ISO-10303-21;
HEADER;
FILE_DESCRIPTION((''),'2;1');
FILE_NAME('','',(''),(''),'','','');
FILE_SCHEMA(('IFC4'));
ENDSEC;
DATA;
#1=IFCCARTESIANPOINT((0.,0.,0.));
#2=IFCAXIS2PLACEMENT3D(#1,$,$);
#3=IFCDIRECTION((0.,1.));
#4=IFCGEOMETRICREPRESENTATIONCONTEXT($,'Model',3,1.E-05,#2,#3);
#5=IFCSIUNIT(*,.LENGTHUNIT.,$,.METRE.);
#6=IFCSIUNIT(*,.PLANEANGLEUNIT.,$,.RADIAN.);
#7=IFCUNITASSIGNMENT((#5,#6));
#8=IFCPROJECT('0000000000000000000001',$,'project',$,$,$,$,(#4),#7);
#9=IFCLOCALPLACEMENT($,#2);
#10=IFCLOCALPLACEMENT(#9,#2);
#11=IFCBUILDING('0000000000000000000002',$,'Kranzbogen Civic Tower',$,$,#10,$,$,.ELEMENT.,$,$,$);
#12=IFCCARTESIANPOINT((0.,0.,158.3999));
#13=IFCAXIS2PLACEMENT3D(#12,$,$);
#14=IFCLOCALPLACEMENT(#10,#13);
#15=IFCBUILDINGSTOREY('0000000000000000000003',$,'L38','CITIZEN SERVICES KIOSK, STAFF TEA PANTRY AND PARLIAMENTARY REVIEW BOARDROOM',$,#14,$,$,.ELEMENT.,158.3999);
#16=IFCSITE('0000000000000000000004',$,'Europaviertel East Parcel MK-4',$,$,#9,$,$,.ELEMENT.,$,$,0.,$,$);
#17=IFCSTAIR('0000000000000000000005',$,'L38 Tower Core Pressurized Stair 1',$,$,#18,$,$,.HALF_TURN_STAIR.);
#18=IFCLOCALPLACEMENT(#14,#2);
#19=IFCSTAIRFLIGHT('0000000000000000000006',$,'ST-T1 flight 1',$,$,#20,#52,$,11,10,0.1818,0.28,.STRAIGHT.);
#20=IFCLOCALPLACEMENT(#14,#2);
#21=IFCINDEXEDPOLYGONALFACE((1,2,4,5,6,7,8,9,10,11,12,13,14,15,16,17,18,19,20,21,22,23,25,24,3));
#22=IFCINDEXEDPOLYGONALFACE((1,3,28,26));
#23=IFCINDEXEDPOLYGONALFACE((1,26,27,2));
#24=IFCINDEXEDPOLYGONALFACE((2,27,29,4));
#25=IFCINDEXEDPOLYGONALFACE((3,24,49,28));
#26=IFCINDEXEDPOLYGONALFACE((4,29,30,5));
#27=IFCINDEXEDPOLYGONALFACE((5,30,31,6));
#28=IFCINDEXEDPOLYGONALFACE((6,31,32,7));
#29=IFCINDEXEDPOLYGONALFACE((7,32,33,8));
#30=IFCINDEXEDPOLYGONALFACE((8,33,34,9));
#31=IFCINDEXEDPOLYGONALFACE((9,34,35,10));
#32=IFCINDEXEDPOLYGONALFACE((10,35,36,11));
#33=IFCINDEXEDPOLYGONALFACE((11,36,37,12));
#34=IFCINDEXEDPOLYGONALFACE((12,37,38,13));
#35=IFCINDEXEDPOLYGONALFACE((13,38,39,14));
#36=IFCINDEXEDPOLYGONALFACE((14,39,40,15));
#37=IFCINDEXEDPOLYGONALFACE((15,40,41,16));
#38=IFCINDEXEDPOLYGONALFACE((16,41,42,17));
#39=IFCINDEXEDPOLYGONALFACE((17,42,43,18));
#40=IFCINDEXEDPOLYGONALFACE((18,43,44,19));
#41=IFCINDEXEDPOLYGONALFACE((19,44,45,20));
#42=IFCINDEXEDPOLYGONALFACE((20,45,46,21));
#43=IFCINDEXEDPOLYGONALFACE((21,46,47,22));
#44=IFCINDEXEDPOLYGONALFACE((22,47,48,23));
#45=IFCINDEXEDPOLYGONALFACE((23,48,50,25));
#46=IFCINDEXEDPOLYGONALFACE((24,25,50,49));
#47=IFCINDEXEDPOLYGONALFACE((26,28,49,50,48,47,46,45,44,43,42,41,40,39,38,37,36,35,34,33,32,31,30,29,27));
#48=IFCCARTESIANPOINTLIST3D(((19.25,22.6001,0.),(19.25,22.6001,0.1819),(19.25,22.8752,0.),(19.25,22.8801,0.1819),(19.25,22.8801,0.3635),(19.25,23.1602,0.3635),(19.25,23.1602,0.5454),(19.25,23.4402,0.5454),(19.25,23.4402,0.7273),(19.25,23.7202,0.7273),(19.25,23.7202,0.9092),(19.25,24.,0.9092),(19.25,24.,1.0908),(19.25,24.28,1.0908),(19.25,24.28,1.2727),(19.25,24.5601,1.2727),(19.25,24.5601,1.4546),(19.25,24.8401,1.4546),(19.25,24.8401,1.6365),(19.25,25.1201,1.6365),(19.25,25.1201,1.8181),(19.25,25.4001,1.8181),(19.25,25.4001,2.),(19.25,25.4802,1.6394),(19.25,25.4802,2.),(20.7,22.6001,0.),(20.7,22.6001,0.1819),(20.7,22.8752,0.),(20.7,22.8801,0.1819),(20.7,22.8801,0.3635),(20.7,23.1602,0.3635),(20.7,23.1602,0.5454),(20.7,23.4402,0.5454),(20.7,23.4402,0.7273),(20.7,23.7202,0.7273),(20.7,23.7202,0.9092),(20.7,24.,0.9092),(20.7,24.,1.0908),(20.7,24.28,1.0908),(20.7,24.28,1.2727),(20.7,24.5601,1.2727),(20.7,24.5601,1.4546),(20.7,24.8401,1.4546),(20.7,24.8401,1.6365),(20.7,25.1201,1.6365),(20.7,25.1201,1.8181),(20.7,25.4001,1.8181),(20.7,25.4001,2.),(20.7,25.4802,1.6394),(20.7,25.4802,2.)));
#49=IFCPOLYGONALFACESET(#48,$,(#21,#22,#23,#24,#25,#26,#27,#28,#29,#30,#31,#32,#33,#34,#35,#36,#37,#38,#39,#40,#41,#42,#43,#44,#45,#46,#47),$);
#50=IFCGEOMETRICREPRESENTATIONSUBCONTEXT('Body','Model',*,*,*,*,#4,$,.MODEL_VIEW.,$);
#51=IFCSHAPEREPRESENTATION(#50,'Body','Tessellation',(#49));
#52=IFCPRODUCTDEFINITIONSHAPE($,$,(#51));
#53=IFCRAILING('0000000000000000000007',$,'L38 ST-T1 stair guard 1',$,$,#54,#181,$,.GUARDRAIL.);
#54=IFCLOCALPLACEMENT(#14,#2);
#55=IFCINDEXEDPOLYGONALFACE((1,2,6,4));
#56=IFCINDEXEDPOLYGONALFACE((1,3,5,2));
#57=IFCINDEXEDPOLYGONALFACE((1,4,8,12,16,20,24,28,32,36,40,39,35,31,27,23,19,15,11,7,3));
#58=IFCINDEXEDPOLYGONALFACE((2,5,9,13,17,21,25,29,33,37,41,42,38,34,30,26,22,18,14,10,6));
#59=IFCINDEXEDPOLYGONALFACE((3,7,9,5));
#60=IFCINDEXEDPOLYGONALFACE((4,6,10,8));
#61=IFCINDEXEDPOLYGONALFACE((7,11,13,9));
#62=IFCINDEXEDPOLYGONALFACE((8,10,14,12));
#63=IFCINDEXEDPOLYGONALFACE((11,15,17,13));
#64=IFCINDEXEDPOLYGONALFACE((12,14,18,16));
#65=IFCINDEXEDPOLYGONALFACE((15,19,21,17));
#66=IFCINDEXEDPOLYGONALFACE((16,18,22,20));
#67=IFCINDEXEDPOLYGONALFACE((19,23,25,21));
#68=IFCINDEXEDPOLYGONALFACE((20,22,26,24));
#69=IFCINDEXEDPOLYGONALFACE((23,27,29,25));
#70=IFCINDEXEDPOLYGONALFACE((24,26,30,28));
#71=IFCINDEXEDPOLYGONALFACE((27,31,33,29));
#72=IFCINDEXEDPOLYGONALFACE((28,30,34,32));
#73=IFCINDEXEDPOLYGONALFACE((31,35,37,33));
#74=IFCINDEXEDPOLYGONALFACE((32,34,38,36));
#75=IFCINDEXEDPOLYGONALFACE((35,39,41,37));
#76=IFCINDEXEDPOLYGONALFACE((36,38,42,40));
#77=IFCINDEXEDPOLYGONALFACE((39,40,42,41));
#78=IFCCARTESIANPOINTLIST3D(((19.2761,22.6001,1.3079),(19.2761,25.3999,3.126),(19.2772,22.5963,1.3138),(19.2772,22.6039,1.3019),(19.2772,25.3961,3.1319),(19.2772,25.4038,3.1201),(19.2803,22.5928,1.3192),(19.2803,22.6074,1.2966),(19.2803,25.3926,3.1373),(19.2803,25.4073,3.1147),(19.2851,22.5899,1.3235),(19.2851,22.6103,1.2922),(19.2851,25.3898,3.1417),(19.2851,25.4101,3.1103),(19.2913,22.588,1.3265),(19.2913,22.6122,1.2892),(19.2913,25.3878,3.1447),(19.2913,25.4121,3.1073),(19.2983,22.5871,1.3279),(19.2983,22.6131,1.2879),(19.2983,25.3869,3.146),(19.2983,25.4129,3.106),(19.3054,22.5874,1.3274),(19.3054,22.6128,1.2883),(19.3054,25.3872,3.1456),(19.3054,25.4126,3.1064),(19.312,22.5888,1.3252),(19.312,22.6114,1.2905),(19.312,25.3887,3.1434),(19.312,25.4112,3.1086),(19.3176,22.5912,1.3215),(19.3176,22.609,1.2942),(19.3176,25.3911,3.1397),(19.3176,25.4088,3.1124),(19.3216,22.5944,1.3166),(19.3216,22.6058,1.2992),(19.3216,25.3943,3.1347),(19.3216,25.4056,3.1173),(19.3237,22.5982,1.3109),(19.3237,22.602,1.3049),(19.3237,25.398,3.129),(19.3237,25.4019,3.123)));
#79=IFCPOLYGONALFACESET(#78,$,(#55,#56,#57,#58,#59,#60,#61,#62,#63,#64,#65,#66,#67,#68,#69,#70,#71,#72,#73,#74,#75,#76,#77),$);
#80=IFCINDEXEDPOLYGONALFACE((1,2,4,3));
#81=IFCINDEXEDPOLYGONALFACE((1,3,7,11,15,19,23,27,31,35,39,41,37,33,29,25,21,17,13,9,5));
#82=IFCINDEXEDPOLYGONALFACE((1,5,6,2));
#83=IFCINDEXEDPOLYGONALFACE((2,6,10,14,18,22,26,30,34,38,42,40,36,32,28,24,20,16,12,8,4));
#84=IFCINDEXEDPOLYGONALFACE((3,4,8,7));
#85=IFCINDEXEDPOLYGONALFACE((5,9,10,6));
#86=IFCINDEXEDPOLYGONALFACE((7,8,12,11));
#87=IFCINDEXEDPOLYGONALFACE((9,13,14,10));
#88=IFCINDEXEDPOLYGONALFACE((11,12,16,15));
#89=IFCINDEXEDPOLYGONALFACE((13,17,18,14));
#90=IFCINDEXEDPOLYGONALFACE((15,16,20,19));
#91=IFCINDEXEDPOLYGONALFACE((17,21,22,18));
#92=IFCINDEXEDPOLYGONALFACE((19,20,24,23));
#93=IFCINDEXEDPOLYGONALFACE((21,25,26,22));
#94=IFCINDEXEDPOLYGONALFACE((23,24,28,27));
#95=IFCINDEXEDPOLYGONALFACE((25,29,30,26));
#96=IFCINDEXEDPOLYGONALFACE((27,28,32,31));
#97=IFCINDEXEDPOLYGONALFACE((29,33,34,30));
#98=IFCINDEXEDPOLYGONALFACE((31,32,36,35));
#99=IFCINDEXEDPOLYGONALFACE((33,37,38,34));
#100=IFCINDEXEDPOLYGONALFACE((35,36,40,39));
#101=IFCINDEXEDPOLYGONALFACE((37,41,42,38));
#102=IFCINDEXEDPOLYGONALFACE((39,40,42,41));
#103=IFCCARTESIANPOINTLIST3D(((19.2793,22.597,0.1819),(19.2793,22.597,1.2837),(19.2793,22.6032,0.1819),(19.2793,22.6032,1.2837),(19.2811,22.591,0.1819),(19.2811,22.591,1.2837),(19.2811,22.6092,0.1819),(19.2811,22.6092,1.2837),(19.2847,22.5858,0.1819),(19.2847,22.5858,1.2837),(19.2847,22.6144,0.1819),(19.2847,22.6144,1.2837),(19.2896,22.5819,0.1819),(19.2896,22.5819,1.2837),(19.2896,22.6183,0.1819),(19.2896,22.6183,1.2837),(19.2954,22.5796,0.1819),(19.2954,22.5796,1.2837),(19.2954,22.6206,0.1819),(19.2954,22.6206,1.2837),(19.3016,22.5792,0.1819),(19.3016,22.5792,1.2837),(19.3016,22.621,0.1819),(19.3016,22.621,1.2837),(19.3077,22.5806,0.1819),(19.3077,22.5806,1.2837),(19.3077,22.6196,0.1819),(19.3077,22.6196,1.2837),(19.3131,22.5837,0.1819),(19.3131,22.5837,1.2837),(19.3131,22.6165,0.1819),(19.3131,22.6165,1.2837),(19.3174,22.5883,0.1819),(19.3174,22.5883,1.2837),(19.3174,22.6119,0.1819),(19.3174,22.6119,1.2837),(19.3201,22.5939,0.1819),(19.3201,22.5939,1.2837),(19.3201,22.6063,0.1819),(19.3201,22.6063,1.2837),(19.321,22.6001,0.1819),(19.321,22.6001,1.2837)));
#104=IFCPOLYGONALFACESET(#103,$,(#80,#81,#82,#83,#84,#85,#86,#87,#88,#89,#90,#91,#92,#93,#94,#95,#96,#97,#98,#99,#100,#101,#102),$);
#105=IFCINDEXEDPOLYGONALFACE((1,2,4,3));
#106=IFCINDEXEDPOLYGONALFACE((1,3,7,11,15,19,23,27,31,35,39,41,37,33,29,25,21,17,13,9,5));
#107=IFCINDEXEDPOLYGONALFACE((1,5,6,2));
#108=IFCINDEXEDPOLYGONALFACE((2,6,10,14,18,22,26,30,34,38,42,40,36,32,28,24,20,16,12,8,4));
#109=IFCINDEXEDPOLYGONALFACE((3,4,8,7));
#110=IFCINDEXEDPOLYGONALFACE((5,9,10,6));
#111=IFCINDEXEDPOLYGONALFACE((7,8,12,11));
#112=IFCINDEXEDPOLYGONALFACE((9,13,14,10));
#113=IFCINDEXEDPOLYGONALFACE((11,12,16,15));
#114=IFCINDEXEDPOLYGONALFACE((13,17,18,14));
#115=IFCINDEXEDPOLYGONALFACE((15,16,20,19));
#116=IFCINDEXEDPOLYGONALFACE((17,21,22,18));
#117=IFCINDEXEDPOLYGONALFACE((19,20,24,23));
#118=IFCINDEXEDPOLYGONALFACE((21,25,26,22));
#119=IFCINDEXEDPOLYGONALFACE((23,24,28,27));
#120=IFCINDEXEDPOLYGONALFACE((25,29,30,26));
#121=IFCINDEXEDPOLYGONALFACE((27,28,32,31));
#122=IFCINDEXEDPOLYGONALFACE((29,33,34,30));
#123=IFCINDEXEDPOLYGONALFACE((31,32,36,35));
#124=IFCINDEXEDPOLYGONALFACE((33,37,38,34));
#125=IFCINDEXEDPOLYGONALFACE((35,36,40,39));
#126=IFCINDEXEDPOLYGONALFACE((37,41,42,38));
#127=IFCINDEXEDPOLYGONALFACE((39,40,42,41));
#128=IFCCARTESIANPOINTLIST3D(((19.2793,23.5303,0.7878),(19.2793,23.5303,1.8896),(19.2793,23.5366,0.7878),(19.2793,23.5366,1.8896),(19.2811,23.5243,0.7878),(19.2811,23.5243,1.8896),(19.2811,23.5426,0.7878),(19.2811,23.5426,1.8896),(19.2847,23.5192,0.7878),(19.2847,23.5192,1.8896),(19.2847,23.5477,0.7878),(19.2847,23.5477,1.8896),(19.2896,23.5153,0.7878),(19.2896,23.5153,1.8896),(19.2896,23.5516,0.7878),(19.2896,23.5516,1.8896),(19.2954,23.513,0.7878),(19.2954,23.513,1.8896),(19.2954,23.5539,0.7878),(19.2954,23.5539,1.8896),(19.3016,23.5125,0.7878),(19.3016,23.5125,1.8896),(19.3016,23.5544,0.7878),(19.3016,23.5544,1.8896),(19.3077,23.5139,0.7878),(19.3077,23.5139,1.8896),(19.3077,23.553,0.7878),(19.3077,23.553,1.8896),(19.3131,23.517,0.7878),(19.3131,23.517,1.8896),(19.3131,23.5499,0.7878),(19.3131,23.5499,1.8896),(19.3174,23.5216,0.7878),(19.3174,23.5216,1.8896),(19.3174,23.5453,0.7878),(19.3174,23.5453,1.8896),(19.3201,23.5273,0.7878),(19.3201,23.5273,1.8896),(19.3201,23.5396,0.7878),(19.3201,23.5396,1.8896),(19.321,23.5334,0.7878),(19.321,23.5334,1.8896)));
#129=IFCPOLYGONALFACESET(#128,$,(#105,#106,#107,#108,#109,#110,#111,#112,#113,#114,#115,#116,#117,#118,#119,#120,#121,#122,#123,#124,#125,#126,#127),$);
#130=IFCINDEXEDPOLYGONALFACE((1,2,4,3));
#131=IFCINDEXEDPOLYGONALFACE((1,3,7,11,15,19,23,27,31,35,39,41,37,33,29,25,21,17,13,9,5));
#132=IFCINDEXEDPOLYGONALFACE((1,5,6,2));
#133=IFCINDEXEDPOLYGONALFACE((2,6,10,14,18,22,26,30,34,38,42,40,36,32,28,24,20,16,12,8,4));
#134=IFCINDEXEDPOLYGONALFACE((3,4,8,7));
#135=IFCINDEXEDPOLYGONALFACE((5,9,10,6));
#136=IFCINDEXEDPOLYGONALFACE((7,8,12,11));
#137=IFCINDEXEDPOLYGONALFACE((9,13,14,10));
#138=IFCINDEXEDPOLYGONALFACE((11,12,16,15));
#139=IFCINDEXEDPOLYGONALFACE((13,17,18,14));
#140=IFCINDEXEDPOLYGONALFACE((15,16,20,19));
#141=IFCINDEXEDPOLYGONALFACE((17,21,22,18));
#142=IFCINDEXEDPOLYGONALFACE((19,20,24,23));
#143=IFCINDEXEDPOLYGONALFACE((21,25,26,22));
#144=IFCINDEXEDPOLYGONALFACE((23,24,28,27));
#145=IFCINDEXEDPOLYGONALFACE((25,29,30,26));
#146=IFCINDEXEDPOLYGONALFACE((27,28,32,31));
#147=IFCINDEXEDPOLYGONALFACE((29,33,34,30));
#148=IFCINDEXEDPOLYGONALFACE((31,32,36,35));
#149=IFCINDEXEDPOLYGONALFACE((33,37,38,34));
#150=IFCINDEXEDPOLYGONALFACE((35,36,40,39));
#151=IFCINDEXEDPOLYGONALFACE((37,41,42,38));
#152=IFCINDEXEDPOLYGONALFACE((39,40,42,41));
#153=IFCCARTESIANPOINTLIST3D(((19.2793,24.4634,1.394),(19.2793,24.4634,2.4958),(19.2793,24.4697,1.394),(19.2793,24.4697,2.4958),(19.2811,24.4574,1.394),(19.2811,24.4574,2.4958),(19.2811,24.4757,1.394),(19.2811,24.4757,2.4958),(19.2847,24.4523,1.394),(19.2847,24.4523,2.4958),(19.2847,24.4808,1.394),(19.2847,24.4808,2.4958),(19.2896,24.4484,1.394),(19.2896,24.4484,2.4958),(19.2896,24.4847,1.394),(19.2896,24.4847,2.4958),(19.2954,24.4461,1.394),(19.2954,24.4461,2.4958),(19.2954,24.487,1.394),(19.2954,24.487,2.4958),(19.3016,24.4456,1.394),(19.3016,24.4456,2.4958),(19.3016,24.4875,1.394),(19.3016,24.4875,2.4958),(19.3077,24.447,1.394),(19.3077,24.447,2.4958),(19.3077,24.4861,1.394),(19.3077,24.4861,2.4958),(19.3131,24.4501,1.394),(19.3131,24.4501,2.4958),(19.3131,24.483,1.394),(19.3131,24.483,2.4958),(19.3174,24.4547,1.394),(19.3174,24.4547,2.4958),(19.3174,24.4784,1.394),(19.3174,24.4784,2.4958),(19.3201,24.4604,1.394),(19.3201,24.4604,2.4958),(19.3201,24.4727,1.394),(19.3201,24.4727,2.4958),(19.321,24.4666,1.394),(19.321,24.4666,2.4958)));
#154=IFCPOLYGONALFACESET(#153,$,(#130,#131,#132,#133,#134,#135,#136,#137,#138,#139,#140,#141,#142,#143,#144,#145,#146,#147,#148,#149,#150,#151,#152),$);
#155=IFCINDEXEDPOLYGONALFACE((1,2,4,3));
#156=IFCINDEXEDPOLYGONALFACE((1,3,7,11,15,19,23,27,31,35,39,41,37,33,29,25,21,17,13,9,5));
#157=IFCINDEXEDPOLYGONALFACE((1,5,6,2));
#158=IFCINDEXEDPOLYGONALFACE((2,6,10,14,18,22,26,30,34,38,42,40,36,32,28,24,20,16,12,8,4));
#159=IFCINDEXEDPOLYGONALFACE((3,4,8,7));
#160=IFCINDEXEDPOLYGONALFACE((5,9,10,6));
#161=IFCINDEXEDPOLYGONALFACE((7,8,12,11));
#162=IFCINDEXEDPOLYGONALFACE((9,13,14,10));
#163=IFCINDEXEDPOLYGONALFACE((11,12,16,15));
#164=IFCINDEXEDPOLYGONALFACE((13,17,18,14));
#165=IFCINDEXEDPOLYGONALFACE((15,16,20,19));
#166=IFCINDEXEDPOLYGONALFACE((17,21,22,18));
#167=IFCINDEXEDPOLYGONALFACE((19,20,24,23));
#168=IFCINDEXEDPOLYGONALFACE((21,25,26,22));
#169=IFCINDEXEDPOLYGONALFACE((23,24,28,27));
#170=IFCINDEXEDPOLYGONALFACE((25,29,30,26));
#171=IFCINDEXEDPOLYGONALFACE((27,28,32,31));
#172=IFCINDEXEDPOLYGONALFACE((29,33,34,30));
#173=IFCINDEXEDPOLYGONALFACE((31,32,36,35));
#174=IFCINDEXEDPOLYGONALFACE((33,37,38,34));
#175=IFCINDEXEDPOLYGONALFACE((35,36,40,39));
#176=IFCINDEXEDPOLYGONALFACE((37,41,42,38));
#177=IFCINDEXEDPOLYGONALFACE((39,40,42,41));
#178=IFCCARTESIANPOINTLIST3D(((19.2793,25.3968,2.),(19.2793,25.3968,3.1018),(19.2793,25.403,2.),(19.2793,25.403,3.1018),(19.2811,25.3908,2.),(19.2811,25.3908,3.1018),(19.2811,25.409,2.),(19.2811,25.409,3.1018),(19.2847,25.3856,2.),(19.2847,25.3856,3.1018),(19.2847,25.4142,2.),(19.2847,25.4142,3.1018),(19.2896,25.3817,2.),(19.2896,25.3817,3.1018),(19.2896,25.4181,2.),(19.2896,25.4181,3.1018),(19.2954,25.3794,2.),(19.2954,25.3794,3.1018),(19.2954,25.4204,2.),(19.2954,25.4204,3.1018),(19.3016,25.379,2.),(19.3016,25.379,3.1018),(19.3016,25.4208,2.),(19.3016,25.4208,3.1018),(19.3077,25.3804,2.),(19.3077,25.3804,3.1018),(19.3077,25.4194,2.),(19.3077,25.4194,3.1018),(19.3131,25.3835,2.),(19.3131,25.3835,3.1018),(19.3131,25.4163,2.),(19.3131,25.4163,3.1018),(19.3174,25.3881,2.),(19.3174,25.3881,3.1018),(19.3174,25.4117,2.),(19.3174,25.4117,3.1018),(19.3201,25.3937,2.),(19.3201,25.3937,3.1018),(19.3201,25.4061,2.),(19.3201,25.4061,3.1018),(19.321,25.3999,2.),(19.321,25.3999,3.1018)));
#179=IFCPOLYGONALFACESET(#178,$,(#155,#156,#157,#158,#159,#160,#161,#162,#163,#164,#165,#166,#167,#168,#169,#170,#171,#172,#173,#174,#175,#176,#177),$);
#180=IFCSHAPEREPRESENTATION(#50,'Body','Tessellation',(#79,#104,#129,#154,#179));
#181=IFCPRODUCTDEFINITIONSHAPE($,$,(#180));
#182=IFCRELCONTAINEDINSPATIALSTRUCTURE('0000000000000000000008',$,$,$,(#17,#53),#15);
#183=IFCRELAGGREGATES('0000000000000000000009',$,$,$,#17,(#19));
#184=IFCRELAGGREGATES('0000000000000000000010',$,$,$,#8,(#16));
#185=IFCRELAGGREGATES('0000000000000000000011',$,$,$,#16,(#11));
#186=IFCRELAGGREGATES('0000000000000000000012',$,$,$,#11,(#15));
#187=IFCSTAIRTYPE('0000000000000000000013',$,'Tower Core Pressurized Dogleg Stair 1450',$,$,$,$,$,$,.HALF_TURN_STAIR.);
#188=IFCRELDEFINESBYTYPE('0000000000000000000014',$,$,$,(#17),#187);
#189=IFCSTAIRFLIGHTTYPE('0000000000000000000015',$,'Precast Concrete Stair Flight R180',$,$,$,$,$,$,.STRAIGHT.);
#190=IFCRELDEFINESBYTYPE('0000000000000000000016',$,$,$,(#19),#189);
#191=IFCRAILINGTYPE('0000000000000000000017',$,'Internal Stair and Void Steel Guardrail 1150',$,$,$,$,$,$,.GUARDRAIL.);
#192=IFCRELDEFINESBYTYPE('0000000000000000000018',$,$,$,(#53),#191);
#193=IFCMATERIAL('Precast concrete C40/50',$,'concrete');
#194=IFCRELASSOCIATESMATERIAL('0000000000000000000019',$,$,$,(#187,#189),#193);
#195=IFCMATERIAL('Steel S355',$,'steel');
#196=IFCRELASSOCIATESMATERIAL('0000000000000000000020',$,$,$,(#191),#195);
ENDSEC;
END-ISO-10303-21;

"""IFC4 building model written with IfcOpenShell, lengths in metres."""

from ifc_helpers import new_model, si_unit, direction, frame, origin, origin_2d, place, context, subcontext, project, spatial, polyline, circle, outline, extrude, material, type_object, element, aggregate, save


model = new_model("IFC4")

# Units and contexts
model_context = context("Model", 3, precision=1e-05, world=origin(), true_north=direction((0.0, 1.0)))
body_context = subcontext(model_context, "Body", "Model", "MODEL_VIEW")
ifc_project = project(units=[si_unit("LENGTHUNIT", "METRE"), si_unit("PLANEANGLEUNIT", "RADIAN")], contexts=[model_context])

# Site, building, storey
site_placement = place(None, origin())
site = spatial("IfcSite", under=ifc_project, at=site_placement, Name="Europaviertel East Parcel MK-4", CompositionType="ELEMENT", RefElevation=0.0)
building_placement = place(site_placement, origin())
building = spatial("IfcBuilding", under=site, at=building_placement, Name="Kranzbogen Civic Tower", CompositionType="ELEMENT")
storey_placement = place(building_placement, frame((0.0, 0.0, 158.3999)))
storey = spatial("IfcBuildingStorey", under=building, at=storey_placement, Name="L38", Description="CITIZEN SERVICES KIOSK, STAFF TEA PANTRY AND PARLIAMENTARY REVIEW BOARDROOM", CompositionType="ELEMENT", Elevation=158.3999)

# Shared definitions
ifc_material_1 = material(Name="Steel S355", Category="steel")

# Stair, stair flight
ifc_material_2 = material(Name="Precast concrete C40/50", Category="concrete")
stair_type = type_object("IfcStairType", Name="Tower Core Pressurized Dogleg Stair 1450", PredefinedType="HALF_TURN_STAIR", material=ifc_material_2)
stair_placement = place(storey_placement, origin())
stair = element("IfcStair", 1, at=stair_placement, inside=storey, type_object=stair_type, Name="L38 Tower Core Pressurized Stair 1", PredefinedType="HALF_TURN_STAIR")
stair_flight_type = type_object("IfcStairFlightType", Name="Precast Concrete Stair Flight R180", PredefinedType="STRAIGHT", material=ifc_material_2)
stair_flight_placement = place(storey_placement, frame((19.9751, 22.6001, 0.0), z_axis=(0.0, 0.0, 1.0), x_axis=(0.0, 1.0, 0.0)))
stair_flight = element("IfcStairFlight", 2, at=stair_flight_placement, type_object=stair_flight_type, Name="ST-T1 flight 1", NumberOfRisers=11, NumberOfTreads=10, PredefinedType="STRAIGHT", RiserHeight=0.1818, TreadLength=0.28, context=body_context, shape_type="SweptSolid", body=[
    extrude(outline(polyline([(0.0, 0.0), (0.0, 0.1819), (0.28, 0.1819), (0.28, 0.3635), (0.5601, 0.3635), (0.5601, 0.5454), (0.8401, 0.5454), (0.8401, 0.7273), (1.1201, 0.7273), (1.1201, 0.9092), (1.3999, 0.9092), (1.3999, 1.0908), (1.6799, 1.0908), (1.6799, 1.2727), (1.96, 1.2727), (1.96, 1.4546), (2.24, 1.4546), (2.24, 1.6365), (2.52, 1.6365), (2.52, 1.8181), (2.8, 1.8181), (2.8, 2.0), (2.8801, 2.0), (2.8801, 1.6394), (0.2751, 0.0), (0.0, 0.0)])), frame((0.0, 0.7251, 0.0), z_axis=(0.0, -1.0, 0.0), x_axis=(1.0, 0.0, 0.0)), (0.0, 0.0, 1.0), 1.45),
])
aggregate(stair, [stair_flight])

# Railing
railing_type = type_object("IfcRailingType", Name="Internal Stair and Void Steel Guardrail 1150", PredefinedType="GUARDRAIL", material=ifc_material_1)
railing_1_placement = place(storey_placement, frame((19.3, 22.6001, 0.1819)))
element("IfcRailing", 3, at=railing_1_placement, inside=storey, type_object=railing_type, Name="L38 ST-T1 stair guard 1", PredefinedType="GUARDRAIL", context=body_context, shape_type="SweptSolid", body=[
    extrude(circle(Radius=0.0239, at=origin_2d()), frame((0.0, 0.0, 1.126), z_axis=(0.0, 0.838684, 0.544618), x_axis=(-1.0, 0.0, 0.0)), (0.0, 0.0, 1.0), 3.3384),
    extrude(circle(Radius=0.021, at=origin_2d()), origin(), (0.0, 0.0, 1.0), 1.1018),
    extrude(circle(Radius=0.021, at=origin_2d()), frame((0.0, 0.9333, 0.606)), (0.0, 0.0, 1.0), 1.1018),
    extrude(circle(Radius=0.021, at=origin_2d()), frame((0.0, 1.8665, 1.2122)), (0.0, 0.0, 1.0), 1.1018),
    extrude(circle(Radius=0.021, at=origin_2d()), frame((0.0, 2.7998, 1.8181)), (0.0, 0.0, 1.0), 1.1018),
])

save(model, "model.ifc")
